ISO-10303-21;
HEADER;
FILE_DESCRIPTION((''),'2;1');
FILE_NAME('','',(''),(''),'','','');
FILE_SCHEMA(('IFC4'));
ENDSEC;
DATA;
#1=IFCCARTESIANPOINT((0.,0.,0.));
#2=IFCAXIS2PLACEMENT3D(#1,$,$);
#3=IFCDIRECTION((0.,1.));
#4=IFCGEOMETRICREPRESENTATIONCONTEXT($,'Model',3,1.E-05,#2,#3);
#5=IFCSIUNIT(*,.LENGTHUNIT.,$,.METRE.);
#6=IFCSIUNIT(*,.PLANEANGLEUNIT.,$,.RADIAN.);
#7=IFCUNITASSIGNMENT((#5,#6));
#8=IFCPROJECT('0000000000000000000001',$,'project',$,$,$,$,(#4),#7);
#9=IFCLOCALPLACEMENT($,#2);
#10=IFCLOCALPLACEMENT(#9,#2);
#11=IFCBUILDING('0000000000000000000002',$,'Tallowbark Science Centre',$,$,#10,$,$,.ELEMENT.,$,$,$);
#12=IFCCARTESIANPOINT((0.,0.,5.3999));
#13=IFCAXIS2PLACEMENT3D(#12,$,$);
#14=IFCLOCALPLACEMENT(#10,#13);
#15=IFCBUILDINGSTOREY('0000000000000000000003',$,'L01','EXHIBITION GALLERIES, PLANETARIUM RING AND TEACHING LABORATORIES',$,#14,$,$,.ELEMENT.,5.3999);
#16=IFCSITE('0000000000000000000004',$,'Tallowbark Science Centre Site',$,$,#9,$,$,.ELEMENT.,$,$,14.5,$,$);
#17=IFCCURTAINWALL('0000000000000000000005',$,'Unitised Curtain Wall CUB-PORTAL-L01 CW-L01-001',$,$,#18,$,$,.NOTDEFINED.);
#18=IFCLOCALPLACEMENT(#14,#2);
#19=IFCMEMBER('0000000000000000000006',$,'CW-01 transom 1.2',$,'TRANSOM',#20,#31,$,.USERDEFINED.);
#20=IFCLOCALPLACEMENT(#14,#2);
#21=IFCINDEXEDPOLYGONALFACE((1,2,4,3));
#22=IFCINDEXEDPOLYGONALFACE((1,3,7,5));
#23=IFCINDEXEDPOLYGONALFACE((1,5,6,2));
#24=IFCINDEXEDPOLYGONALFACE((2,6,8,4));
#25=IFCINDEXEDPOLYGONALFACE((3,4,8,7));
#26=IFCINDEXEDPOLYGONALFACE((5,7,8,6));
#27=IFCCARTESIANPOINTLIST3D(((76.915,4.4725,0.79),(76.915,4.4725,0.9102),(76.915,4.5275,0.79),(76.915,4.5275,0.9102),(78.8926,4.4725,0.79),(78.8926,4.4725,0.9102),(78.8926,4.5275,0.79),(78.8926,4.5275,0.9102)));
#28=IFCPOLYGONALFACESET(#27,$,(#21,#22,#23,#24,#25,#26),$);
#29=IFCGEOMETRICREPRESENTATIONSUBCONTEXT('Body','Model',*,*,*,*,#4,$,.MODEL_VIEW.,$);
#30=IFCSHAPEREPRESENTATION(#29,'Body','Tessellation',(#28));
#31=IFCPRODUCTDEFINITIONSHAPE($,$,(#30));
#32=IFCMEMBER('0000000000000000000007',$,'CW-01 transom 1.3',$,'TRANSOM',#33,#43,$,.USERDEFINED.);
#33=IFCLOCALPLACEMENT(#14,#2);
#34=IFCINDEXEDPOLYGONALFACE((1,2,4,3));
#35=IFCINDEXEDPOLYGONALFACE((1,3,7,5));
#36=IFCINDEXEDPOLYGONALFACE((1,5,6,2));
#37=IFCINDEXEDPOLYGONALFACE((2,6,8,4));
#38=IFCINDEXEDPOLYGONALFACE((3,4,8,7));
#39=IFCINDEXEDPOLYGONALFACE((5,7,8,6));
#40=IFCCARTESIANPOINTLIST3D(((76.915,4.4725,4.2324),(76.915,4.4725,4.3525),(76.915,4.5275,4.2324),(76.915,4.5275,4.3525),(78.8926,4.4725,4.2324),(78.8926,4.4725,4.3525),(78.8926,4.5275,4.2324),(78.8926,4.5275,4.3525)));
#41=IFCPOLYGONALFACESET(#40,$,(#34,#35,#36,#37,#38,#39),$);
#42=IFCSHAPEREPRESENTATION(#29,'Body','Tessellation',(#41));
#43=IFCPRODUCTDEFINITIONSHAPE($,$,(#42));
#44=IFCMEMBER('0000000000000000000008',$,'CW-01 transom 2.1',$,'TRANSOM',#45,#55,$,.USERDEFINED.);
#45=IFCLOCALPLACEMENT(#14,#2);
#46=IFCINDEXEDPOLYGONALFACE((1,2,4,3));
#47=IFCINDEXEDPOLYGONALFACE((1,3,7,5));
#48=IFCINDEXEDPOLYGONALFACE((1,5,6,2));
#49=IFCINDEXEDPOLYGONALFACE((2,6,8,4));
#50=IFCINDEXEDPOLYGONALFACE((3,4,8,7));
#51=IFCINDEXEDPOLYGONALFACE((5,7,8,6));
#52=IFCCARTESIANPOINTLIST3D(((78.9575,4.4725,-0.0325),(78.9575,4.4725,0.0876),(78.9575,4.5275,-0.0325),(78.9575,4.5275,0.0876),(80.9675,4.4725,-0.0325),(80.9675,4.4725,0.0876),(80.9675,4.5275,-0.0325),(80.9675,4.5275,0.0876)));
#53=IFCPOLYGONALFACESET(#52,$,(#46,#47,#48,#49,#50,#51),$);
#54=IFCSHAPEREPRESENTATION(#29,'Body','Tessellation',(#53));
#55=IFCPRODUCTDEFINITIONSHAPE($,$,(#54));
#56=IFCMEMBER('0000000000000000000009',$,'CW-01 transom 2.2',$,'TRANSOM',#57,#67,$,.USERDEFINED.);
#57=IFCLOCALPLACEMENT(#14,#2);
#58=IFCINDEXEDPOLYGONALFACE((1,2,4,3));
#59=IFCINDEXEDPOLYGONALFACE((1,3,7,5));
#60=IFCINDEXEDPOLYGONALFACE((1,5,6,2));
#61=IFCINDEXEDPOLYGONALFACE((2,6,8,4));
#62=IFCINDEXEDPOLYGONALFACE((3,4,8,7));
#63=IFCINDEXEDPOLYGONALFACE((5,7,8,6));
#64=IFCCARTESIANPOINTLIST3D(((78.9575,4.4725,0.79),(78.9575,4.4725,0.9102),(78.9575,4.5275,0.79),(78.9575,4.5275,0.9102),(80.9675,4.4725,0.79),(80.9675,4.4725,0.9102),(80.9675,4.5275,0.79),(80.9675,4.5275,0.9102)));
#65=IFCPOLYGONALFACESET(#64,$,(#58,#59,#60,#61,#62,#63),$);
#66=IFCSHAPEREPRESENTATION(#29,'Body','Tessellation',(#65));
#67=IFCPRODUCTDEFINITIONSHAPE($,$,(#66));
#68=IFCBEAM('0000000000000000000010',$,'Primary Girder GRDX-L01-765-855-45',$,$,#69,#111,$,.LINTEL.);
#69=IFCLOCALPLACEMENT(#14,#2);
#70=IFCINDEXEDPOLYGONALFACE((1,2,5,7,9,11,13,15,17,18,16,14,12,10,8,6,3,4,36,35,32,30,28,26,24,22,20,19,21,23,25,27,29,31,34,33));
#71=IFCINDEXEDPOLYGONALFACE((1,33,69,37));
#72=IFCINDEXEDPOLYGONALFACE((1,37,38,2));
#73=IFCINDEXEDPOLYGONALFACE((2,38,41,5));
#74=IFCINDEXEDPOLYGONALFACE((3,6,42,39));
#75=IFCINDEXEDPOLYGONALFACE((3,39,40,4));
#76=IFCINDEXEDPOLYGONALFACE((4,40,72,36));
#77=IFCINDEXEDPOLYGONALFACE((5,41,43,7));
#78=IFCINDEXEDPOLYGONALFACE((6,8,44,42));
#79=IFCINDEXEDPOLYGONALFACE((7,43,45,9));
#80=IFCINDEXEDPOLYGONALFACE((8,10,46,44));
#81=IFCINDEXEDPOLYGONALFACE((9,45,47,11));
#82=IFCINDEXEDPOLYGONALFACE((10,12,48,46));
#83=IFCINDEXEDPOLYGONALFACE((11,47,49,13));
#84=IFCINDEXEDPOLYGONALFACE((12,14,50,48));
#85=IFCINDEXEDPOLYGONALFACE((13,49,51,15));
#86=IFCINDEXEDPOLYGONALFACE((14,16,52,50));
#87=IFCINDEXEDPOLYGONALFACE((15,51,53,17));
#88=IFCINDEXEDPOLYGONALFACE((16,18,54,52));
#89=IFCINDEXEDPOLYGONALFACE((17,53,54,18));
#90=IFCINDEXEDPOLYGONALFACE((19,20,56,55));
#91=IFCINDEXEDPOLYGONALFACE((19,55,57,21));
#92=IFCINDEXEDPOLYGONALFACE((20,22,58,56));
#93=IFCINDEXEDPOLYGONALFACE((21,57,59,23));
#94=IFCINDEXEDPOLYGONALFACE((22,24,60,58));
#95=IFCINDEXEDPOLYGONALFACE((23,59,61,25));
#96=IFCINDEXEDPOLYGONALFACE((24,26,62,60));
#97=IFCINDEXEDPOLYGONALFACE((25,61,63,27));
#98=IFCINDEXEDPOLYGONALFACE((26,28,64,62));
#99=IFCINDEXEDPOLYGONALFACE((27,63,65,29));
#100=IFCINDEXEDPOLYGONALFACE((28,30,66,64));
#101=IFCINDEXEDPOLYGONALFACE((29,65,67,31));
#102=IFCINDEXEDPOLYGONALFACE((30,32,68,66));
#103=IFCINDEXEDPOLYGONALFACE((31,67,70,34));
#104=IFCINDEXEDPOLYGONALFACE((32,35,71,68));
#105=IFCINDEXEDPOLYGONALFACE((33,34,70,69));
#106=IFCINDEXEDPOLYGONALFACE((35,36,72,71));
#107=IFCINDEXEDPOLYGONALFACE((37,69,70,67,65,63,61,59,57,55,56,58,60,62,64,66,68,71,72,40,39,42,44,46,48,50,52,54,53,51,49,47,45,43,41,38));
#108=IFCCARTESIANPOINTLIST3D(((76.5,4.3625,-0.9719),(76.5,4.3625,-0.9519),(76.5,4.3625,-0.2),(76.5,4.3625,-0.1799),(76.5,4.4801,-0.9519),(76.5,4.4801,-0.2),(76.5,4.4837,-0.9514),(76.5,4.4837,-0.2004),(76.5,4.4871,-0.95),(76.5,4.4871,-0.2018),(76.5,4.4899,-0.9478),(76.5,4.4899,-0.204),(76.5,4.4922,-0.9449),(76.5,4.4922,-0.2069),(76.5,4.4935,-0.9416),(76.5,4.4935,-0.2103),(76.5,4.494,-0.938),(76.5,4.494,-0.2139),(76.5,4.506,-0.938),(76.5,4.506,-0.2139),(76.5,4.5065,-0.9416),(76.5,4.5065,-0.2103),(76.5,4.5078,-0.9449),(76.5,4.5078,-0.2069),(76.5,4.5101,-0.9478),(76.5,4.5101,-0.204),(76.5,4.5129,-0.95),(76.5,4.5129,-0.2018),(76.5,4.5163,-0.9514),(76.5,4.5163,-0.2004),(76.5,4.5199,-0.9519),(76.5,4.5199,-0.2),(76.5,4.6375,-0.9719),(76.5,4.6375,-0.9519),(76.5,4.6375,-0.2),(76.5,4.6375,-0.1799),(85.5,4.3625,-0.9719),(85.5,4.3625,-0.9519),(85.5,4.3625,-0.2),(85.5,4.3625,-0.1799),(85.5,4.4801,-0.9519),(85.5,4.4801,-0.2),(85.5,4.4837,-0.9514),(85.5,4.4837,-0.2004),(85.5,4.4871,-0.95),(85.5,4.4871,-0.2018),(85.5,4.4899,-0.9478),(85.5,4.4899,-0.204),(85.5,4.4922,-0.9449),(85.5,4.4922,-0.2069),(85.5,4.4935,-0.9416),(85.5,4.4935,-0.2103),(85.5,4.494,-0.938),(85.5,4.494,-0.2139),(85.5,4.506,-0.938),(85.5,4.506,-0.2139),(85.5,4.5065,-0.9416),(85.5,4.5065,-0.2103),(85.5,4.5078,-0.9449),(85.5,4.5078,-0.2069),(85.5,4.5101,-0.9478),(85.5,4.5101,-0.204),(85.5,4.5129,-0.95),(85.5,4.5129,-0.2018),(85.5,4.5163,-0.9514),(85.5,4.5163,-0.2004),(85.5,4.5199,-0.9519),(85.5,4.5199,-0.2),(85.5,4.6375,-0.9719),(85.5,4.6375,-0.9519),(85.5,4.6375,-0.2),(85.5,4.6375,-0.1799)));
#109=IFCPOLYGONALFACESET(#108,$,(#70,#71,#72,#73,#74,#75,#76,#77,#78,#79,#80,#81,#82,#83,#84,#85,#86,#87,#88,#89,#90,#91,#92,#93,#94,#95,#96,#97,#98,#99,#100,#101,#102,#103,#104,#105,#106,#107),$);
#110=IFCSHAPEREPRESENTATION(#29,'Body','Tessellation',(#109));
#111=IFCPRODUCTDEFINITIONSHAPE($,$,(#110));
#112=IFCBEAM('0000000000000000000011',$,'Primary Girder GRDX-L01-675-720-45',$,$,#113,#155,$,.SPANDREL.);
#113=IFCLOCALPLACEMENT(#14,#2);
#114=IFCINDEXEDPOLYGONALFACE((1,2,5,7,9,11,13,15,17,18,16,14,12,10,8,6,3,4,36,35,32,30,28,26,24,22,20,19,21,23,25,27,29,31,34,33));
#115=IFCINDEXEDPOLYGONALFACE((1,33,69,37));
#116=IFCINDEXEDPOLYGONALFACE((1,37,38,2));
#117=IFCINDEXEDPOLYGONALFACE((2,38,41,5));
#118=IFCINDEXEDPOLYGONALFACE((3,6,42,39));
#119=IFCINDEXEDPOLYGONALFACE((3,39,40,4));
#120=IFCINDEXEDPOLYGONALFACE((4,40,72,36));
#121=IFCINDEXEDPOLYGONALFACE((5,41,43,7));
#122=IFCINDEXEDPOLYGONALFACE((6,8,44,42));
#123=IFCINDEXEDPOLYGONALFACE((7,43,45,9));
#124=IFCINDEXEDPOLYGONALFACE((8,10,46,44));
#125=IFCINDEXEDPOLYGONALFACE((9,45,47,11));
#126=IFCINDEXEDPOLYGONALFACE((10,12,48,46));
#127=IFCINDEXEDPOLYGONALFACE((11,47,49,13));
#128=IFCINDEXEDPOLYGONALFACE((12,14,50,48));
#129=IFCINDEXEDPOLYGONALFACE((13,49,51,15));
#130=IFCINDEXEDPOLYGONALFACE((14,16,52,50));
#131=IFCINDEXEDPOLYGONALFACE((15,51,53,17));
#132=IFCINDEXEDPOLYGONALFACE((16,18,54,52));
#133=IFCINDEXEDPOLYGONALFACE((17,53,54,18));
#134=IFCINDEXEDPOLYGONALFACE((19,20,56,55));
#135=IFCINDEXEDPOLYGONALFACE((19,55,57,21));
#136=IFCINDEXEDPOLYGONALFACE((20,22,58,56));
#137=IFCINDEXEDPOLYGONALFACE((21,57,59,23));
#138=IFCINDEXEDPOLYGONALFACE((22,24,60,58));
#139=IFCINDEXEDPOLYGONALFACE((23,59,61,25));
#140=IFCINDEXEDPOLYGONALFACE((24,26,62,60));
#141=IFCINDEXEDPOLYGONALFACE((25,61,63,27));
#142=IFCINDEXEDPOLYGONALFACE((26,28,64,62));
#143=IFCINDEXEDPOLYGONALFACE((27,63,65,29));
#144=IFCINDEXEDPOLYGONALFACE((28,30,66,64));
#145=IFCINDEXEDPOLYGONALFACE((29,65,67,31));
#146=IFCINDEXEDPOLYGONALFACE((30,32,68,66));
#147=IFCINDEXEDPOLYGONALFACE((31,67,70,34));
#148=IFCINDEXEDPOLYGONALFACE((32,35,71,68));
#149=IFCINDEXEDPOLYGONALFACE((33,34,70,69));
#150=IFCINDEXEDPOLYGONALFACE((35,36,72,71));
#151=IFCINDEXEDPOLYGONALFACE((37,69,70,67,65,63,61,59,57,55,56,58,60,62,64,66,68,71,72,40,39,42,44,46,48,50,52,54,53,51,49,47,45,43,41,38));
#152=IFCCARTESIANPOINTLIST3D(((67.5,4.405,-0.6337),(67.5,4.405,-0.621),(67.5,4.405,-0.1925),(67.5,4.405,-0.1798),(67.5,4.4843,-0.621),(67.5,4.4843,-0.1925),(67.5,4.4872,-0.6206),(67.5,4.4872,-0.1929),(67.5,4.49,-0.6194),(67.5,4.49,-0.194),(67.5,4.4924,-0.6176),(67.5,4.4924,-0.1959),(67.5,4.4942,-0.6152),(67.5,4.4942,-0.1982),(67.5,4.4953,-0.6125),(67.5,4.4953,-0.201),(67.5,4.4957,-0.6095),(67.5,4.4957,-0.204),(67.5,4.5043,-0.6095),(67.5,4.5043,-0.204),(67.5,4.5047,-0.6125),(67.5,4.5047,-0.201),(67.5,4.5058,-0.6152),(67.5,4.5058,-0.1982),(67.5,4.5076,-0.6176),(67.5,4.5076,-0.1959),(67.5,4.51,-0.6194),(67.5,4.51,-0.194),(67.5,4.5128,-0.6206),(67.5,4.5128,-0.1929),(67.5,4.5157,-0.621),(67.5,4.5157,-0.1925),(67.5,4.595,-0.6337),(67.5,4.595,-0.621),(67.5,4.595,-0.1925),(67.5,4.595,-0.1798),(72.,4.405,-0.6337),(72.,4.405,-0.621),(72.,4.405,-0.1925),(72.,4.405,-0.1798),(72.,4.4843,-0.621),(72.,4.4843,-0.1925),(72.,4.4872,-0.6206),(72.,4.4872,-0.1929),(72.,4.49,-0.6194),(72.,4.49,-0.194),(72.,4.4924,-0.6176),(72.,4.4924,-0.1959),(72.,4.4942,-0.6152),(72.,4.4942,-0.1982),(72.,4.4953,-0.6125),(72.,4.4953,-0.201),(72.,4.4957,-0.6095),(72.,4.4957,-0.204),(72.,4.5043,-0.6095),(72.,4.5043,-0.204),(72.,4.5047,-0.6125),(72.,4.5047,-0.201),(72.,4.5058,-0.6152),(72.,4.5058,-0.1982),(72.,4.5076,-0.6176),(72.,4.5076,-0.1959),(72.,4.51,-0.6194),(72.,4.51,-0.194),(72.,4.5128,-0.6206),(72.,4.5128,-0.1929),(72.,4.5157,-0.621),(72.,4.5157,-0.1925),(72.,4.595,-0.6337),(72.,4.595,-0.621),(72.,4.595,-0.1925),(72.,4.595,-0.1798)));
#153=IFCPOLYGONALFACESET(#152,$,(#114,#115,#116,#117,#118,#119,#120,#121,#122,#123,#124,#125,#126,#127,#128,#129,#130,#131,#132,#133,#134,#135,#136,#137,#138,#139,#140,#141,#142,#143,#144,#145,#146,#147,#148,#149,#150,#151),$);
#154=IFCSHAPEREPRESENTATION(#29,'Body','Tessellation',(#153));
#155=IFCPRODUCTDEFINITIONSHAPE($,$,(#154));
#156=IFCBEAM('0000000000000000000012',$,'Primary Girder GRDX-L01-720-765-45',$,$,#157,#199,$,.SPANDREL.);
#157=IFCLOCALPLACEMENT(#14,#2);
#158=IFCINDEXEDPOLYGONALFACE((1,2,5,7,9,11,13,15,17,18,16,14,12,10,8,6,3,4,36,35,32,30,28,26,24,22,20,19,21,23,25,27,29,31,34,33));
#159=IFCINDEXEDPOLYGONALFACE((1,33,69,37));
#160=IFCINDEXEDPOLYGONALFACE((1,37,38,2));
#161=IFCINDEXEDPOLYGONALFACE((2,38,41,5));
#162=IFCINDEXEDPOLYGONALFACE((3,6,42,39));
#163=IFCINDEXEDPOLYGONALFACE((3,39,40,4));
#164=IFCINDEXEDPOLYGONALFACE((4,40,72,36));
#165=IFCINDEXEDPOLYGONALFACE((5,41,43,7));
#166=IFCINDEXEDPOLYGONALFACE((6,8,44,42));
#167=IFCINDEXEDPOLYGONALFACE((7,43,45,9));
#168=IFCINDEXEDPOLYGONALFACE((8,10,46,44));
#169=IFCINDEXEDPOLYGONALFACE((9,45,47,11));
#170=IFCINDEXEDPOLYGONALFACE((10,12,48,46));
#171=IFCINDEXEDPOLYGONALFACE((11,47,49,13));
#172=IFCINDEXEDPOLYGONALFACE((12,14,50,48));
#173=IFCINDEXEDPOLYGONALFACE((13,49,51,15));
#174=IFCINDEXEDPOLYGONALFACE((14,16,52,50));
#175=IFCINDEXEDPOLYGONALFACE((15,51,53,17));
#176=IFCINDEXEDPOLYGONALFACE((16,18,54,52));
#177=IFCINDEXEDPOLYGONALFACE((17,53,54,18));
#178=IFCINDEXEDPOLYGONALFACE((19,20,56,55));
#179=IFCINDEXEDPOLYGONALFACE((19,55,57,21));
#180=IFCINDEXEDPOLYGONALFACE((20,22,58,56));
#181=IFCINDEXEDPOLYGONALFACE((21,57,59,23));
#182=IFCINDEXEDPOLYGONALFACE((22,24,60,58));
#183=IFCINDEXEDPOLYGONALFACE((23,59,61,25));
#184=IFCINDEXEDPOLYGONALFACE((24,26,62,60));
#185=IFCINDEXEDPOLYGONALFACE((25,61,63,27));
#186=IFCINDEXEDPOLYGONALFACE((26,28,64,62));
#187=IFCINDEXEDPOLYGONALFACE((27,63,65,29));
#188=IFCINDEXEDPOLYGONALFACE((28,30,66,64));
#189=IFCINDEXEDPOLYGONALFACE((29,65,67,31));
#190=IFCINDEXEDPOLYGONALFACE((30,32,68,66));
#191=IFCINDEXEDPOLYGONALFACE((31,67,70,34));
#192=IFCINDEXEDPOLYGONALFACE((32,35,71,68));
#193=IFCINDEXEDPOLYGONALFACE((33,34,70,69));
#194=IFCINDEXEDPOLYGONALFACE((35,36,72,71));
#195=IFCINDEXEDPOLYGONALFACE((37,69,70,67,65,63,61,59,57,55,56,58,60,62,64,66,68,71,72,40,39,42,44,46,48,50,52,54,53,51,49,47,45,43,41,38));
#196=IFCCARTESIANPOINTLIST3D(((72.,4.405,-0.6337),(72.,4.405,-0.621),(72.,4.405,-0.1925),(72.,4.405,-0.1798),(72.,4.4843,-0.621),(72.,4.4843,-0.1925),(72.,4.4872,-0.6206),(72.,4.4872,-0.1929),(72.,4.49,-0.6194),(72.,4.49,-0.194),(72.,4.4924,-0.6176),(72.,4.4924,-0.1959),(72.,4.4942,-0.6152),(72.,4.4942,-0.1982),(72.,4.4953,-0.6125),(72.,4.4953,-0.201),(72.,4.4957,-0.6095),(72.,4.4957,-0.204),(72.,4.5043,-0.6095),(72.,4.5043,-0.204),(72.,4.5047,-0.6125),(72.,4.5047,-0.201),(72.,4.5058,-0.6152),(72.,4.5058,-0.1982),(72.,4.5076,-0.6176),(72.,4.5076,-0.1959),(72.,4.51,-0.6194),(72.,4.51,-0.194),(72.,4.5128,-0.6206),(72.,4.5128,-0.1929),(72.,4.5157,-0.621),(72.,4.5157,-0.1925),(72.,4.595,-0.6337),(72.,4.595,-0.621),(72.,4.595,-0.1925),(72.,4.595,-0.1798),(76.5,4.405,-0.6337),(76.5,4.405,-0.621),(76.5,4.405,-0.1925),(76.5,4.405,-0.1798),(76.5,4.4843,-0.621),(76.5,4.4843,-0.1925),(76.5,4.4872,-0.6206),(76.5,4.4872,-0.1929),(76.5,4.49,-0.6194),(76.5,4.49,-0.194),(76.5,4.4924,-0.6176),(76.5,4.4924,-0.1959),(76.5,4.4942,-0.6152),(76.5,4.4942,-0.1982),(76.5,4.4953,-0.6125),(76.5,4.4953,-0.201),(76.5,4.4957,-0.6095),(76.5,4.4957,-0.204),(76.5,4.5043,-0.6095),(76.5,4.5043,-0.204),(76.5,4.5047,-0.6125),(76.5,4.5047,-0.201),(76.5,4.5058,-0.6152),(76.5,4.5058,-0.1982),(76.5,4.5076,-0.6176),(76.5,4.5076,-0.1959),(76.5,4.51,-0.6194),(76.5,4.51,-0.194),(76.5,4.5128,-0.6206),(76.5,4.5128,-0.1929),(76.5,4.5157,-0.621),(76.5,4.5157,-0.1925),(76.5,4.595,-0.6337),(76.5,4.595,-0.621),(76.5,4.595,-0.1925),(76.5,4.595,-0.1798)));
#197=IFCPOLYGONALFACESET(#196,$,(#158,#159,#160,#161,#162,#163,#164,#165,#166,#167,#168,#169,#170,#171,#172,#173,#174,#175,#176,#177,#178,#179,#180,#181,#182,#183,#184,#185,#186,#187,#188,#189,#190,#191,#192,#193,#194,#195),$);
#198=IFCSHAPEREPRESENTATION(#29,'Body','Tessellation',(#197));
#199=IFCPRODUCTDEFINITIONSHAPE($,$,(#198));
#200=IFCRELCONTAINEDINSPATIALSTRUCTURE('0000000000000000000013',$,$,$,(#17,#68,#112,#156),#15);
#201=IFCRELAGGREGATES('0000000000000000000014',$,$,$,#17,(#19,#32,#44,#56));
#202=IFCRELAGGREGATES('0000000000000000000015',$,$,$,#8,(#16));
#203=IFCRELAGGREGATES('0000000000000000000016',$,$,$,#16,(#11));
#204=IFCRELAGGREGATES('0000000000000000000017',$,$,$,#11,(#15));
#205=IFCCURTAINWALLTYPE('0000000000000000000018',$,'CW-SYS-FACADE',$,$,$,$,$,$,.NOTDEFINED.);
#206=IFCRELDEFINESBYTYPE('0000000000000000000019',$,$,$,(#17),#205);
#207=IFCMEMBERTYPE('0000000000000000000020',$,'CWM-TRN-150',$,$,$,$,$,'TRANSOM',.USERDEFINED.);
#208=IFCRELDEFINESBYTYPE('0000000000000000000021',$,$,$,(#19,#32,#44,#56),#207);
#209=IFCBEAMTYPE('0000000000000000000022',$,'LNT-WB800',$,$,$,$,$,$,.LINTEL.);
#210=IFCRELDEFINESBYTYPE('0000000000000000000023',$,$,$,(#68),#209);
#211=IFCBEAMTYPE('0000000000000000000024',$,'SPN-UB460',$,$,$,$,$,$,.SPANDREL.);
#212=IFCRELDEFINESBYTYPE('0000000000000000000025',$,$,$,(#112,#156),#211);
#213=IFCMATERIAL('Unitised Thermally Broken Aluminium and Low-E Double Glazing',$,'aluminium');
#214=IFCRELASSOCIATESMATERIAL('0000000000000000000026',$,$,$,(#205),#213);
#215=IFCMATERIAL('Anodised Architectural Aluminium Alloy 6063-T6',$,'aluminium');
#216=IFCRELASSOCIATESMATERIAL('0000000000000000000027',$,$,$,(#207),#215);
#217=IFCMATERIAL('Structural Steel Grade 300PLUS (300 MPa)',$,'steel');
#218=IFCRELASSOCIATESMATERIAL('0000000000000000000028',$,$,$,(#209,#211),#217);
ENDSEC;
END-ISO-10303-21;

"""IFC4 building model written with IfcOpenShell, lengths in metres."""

from ifc_helpers import new_model, si_unit, direction, frame, origin, origin_2d, place, context, subcontext, project, spatial, rectangle, i_section, extrude, material, material_profile, profile_set, type_object, element, aggregate, save


model = new_model("IFC4")

# Units and contexts
model_context = context("Model", 3, precision=1e-05, world=origin(), true_north=direction((0.0, 1.0)))
body_context = subcontext(model_context, "Body", "Model", "MODEL_VIEW")
ifc_project = project(units=[si_unit("LENGTHUNIT", "METRE"), si_unit("PLANEANGLEUNIT", "RADIAN")], contexts=[model_context])

# Site, building, storey
site_placement = place(None, origin())
site = spatial("IfcSite", under=ifc_project, at=site_placement, Name="Tallowbark Science Centre Site", CompositionType="ELEMENT", RefElevation=14.5)
building_placement = place(site_placement, origin())
building = spatial("IfcBuilding", under=site, at=building_placement, Name="Tallowbark Science Centre", CompositionType="ELEMENT")
storey_placement = place(building_placement, frame((0.0, 0.0, 5.3999)))
storey = spatial("IfcBuildingStorey", under=building, at=storey_placement, Name="L01", Description="EXHIBITION GALLERIES, PLANETARIUM RING AND TEACHING LABORATORIES", CompositionType="ELEMENT", Elevation=5.3999)

# Shared definitions
ifc_material_1 = material(Name="Structural Steel Grade 300PLUS (300 MPa)", Category="steel")

# Curtain wall, members
ifc_material_2 = material(Name="Unitised Thermally Broken Aluminium and Low-E Double Glazing", Category="aluminium")
curtain_wall_type = type_object("IfcCurtainWallType", Name="CW-SYS-FACADE", PredefinedType="NOTDEFINED", material=ifc_material_2)
curtain_wall_placement = place(storey_placement, origin())
curtain_wall = element("IfcCurtainWall", 1, at=curtain_wall_placement, inside=storey, type_object=curtain_wall_type, Name="Unitised Curtain Wall CUB-PORTAL-L01 CW-L01-001", PredefinedType="NOTDEFINED")
ifc_material_3 = material(Name="Anodised Architectural Aluminium Alloy 6063-T6", Category="aluminium")
ifc_material_profile_1 = material_profile(ifc_material_3, rectangle(XDim=0.0549, YDim=0.1201, at=origin_2d()), Name="ALU55x120")
ifc_profile_set_1 = profile_set([ifc_material_profile_1], Name="Anodised Architectural Aluminium Alloy 6063-T6")
member_type_1 = type_object("IfcMemberType", Name="CWM-TRN-150", ElementType="TRANSOM", PredefinedType="USERDEFINED", material=ifc_profile_set_1)
member_1_placement = place(storey_placement, frame((76.915, 4.5, 0.8501), z_axis=(1.0, 0.0, 0.0), x_axis=(0.0, 1.0, 0.0)))
member_1 = element("IfcMember", 2, at=member_1_placement, type_object=member_type_1, Name="CW-01 transom 1.2", ObjectType="TRANSOM", PredefinedType="USERDEFINED", context=body_context, shape_type="SweptSolid", body=[
    extrude(rectangle(XDim=0.0549, YDim=0.1201, at=origin_2d()), origin(), (0.0, 0.0, 1.0), 1.9775),
])
member_2_placement = place(storey_placement, frame((76.915, 4.5, 4.2925), z_axis=(1.0, 0.0, 0.0), x_axis=(0.0, 1.0, 0.0)))
member_2 = element("IfcMember", 3, at=member_2_placement, type_object=member_type_1, Name="CW-01 transom 1.3", ObjectType="TRANSOM", PredefinedType="USERDEFINED", context=body_context, shape_type="SweptSolid", body=[
    extrude(rectangle(XDim=0.0549, YDim=0.1201, at=origin_2d()), origin(), (0.0, 0.0, 1.0), 1.9775),
])
member_3_placement = place(storey_placement, frame((78.9575, 4.5, 0.0276), z_axis=(1.0, 0.0, 0.0), x_axis=(0.0, 1.0, 0.0)))
member_3 = element("IfcMember", 4, at=member_3_placement, type_object=member_type_1, Name="CW-01 transom 2.1", ObjectType="TRANSOM", PredefinedType="USERDEFINED", context=body_context, shape_type="SweptSolid", body=[
    extrude(rectangle(XDim=0.0549, YDim=0.1201, at=origin_2d()), origin(), (0.0, 0.0, 1.0), 2.01),
])
member_4_placement = place(storey_placement, frame((78.9575, 4.5, 0.8501), z_axis=(1.0, 0.0, 0.0), x_axis=(0.0, 1.0, 0.0)))
member_4 = element("IfcMember", 5, at=member_4_placement, type_object=member_type_1, Name="CW-01 transom 2.2", ObjectType="TRANSOM", PredefinedType="USERDEFINED", context=body_context, shape_type="SweptSolid", body=[
    extrude(rectangle(XDim=0.0549, YDim=0.1201, at=origin_2d()), origin(), (0.0, 0.0, 1.0), 2.01),
])

# Beams
ifc_material_profile_2 = material_profile(ifc_material_1, i_section(OverallWidth=0.2749, OverallDepth=0.792, WebThickness=0.012, FlangeThickness=0.02, FilletRadius=0.0139, at=origin_2d()), Name="800WB146")
ifc_profile_set_2 = profile_set([ifc_material_profile_2], Name="Structural Steel Grade 300PLUS (300 MPa)")
beam_type_1 = type_object("IfcBeamType", Name="LNT-WB800", PredefinedType="LINTEL", material=ifc_profile_set_2)
beam_1_placement = place(storey_placement, frame((76.5, 4.5, -0.5759), z_axis=(1.0, 0.0, 0.0), x_axis=(0.0, 1.0, 0.0)))
element("IfcBeam", 6, at=beam_1_placement, inside=storey, type_object=beam_type_1, Name="Primary Girder GRDX-L01-765-855-45", PredefinedType="LINTEL", context=body_context, shape_type="SweptSolid", body=[
    extrude(i_section(OverallWidth=0.2749, OverallDepth=0.792, WebThickness=0.012, FlangeThickness=0.02, FilletRadius=0.0139, at=origin_2d()), origin(), (0.0, 0.0, 1.0), 9.0),
])
ifc_material_profile_3 = material_profile(ifc_material_1, i_section(OverallWidth=0.1899, OverallDepth=0.4539, WebThickness=0.0085, FlangeThickness=0.0127, FilletRadius=0.0115, at=origin_2d()), Name="460UB67.1")
ifc_profile_set_3 = profile_set([ifc_material_profile_3], Name="Structural Steel Grade 300PLUS (300 MPa)")
beam_type_2 = type_object("IfcBeamType", Name="SPN-UB460", PredefinedType="SPANDREL", material=ifc_profile_set_3)
for number, where, z_axis, x_axis, name in (
    (7, (67.5, 4.5, -0.4067), (1.0, 0.0, 0.0), (0.0, 1.0, 0.0), "Primary Girder GRDX-L01-675-720-45"),
    (8, (72.0, 4.5, -0.4067), (1.0, 0.0, 0.0), (0.0, 1.0, 0.0), "Primary Girder GRDX-L01-720-765-45"),
):
    element("IfcBeam", number, at=place(storey_placement, frame(where, z_axis=z_axis, x_axis=x_axis)), inside=storey, type_object=beam_type_2, Name=name, PredefinedType="SPANDREL", context=body_context, shape_type="SweptSolid", body=[
        extrude(i_section(OverallWidth=0.1899, OverallDepth=0.4539, WebThickness=0.0085, FlangeThickness=0.0127, FilletRadius=0.0115, at=origin_2d()), origin(), (0.0, 0.0, 1.0), 4.5),
    ])

aggregate(curtain_wall, [member_1, member_2, member_3, member_4])

save(model, "model.ifc")
